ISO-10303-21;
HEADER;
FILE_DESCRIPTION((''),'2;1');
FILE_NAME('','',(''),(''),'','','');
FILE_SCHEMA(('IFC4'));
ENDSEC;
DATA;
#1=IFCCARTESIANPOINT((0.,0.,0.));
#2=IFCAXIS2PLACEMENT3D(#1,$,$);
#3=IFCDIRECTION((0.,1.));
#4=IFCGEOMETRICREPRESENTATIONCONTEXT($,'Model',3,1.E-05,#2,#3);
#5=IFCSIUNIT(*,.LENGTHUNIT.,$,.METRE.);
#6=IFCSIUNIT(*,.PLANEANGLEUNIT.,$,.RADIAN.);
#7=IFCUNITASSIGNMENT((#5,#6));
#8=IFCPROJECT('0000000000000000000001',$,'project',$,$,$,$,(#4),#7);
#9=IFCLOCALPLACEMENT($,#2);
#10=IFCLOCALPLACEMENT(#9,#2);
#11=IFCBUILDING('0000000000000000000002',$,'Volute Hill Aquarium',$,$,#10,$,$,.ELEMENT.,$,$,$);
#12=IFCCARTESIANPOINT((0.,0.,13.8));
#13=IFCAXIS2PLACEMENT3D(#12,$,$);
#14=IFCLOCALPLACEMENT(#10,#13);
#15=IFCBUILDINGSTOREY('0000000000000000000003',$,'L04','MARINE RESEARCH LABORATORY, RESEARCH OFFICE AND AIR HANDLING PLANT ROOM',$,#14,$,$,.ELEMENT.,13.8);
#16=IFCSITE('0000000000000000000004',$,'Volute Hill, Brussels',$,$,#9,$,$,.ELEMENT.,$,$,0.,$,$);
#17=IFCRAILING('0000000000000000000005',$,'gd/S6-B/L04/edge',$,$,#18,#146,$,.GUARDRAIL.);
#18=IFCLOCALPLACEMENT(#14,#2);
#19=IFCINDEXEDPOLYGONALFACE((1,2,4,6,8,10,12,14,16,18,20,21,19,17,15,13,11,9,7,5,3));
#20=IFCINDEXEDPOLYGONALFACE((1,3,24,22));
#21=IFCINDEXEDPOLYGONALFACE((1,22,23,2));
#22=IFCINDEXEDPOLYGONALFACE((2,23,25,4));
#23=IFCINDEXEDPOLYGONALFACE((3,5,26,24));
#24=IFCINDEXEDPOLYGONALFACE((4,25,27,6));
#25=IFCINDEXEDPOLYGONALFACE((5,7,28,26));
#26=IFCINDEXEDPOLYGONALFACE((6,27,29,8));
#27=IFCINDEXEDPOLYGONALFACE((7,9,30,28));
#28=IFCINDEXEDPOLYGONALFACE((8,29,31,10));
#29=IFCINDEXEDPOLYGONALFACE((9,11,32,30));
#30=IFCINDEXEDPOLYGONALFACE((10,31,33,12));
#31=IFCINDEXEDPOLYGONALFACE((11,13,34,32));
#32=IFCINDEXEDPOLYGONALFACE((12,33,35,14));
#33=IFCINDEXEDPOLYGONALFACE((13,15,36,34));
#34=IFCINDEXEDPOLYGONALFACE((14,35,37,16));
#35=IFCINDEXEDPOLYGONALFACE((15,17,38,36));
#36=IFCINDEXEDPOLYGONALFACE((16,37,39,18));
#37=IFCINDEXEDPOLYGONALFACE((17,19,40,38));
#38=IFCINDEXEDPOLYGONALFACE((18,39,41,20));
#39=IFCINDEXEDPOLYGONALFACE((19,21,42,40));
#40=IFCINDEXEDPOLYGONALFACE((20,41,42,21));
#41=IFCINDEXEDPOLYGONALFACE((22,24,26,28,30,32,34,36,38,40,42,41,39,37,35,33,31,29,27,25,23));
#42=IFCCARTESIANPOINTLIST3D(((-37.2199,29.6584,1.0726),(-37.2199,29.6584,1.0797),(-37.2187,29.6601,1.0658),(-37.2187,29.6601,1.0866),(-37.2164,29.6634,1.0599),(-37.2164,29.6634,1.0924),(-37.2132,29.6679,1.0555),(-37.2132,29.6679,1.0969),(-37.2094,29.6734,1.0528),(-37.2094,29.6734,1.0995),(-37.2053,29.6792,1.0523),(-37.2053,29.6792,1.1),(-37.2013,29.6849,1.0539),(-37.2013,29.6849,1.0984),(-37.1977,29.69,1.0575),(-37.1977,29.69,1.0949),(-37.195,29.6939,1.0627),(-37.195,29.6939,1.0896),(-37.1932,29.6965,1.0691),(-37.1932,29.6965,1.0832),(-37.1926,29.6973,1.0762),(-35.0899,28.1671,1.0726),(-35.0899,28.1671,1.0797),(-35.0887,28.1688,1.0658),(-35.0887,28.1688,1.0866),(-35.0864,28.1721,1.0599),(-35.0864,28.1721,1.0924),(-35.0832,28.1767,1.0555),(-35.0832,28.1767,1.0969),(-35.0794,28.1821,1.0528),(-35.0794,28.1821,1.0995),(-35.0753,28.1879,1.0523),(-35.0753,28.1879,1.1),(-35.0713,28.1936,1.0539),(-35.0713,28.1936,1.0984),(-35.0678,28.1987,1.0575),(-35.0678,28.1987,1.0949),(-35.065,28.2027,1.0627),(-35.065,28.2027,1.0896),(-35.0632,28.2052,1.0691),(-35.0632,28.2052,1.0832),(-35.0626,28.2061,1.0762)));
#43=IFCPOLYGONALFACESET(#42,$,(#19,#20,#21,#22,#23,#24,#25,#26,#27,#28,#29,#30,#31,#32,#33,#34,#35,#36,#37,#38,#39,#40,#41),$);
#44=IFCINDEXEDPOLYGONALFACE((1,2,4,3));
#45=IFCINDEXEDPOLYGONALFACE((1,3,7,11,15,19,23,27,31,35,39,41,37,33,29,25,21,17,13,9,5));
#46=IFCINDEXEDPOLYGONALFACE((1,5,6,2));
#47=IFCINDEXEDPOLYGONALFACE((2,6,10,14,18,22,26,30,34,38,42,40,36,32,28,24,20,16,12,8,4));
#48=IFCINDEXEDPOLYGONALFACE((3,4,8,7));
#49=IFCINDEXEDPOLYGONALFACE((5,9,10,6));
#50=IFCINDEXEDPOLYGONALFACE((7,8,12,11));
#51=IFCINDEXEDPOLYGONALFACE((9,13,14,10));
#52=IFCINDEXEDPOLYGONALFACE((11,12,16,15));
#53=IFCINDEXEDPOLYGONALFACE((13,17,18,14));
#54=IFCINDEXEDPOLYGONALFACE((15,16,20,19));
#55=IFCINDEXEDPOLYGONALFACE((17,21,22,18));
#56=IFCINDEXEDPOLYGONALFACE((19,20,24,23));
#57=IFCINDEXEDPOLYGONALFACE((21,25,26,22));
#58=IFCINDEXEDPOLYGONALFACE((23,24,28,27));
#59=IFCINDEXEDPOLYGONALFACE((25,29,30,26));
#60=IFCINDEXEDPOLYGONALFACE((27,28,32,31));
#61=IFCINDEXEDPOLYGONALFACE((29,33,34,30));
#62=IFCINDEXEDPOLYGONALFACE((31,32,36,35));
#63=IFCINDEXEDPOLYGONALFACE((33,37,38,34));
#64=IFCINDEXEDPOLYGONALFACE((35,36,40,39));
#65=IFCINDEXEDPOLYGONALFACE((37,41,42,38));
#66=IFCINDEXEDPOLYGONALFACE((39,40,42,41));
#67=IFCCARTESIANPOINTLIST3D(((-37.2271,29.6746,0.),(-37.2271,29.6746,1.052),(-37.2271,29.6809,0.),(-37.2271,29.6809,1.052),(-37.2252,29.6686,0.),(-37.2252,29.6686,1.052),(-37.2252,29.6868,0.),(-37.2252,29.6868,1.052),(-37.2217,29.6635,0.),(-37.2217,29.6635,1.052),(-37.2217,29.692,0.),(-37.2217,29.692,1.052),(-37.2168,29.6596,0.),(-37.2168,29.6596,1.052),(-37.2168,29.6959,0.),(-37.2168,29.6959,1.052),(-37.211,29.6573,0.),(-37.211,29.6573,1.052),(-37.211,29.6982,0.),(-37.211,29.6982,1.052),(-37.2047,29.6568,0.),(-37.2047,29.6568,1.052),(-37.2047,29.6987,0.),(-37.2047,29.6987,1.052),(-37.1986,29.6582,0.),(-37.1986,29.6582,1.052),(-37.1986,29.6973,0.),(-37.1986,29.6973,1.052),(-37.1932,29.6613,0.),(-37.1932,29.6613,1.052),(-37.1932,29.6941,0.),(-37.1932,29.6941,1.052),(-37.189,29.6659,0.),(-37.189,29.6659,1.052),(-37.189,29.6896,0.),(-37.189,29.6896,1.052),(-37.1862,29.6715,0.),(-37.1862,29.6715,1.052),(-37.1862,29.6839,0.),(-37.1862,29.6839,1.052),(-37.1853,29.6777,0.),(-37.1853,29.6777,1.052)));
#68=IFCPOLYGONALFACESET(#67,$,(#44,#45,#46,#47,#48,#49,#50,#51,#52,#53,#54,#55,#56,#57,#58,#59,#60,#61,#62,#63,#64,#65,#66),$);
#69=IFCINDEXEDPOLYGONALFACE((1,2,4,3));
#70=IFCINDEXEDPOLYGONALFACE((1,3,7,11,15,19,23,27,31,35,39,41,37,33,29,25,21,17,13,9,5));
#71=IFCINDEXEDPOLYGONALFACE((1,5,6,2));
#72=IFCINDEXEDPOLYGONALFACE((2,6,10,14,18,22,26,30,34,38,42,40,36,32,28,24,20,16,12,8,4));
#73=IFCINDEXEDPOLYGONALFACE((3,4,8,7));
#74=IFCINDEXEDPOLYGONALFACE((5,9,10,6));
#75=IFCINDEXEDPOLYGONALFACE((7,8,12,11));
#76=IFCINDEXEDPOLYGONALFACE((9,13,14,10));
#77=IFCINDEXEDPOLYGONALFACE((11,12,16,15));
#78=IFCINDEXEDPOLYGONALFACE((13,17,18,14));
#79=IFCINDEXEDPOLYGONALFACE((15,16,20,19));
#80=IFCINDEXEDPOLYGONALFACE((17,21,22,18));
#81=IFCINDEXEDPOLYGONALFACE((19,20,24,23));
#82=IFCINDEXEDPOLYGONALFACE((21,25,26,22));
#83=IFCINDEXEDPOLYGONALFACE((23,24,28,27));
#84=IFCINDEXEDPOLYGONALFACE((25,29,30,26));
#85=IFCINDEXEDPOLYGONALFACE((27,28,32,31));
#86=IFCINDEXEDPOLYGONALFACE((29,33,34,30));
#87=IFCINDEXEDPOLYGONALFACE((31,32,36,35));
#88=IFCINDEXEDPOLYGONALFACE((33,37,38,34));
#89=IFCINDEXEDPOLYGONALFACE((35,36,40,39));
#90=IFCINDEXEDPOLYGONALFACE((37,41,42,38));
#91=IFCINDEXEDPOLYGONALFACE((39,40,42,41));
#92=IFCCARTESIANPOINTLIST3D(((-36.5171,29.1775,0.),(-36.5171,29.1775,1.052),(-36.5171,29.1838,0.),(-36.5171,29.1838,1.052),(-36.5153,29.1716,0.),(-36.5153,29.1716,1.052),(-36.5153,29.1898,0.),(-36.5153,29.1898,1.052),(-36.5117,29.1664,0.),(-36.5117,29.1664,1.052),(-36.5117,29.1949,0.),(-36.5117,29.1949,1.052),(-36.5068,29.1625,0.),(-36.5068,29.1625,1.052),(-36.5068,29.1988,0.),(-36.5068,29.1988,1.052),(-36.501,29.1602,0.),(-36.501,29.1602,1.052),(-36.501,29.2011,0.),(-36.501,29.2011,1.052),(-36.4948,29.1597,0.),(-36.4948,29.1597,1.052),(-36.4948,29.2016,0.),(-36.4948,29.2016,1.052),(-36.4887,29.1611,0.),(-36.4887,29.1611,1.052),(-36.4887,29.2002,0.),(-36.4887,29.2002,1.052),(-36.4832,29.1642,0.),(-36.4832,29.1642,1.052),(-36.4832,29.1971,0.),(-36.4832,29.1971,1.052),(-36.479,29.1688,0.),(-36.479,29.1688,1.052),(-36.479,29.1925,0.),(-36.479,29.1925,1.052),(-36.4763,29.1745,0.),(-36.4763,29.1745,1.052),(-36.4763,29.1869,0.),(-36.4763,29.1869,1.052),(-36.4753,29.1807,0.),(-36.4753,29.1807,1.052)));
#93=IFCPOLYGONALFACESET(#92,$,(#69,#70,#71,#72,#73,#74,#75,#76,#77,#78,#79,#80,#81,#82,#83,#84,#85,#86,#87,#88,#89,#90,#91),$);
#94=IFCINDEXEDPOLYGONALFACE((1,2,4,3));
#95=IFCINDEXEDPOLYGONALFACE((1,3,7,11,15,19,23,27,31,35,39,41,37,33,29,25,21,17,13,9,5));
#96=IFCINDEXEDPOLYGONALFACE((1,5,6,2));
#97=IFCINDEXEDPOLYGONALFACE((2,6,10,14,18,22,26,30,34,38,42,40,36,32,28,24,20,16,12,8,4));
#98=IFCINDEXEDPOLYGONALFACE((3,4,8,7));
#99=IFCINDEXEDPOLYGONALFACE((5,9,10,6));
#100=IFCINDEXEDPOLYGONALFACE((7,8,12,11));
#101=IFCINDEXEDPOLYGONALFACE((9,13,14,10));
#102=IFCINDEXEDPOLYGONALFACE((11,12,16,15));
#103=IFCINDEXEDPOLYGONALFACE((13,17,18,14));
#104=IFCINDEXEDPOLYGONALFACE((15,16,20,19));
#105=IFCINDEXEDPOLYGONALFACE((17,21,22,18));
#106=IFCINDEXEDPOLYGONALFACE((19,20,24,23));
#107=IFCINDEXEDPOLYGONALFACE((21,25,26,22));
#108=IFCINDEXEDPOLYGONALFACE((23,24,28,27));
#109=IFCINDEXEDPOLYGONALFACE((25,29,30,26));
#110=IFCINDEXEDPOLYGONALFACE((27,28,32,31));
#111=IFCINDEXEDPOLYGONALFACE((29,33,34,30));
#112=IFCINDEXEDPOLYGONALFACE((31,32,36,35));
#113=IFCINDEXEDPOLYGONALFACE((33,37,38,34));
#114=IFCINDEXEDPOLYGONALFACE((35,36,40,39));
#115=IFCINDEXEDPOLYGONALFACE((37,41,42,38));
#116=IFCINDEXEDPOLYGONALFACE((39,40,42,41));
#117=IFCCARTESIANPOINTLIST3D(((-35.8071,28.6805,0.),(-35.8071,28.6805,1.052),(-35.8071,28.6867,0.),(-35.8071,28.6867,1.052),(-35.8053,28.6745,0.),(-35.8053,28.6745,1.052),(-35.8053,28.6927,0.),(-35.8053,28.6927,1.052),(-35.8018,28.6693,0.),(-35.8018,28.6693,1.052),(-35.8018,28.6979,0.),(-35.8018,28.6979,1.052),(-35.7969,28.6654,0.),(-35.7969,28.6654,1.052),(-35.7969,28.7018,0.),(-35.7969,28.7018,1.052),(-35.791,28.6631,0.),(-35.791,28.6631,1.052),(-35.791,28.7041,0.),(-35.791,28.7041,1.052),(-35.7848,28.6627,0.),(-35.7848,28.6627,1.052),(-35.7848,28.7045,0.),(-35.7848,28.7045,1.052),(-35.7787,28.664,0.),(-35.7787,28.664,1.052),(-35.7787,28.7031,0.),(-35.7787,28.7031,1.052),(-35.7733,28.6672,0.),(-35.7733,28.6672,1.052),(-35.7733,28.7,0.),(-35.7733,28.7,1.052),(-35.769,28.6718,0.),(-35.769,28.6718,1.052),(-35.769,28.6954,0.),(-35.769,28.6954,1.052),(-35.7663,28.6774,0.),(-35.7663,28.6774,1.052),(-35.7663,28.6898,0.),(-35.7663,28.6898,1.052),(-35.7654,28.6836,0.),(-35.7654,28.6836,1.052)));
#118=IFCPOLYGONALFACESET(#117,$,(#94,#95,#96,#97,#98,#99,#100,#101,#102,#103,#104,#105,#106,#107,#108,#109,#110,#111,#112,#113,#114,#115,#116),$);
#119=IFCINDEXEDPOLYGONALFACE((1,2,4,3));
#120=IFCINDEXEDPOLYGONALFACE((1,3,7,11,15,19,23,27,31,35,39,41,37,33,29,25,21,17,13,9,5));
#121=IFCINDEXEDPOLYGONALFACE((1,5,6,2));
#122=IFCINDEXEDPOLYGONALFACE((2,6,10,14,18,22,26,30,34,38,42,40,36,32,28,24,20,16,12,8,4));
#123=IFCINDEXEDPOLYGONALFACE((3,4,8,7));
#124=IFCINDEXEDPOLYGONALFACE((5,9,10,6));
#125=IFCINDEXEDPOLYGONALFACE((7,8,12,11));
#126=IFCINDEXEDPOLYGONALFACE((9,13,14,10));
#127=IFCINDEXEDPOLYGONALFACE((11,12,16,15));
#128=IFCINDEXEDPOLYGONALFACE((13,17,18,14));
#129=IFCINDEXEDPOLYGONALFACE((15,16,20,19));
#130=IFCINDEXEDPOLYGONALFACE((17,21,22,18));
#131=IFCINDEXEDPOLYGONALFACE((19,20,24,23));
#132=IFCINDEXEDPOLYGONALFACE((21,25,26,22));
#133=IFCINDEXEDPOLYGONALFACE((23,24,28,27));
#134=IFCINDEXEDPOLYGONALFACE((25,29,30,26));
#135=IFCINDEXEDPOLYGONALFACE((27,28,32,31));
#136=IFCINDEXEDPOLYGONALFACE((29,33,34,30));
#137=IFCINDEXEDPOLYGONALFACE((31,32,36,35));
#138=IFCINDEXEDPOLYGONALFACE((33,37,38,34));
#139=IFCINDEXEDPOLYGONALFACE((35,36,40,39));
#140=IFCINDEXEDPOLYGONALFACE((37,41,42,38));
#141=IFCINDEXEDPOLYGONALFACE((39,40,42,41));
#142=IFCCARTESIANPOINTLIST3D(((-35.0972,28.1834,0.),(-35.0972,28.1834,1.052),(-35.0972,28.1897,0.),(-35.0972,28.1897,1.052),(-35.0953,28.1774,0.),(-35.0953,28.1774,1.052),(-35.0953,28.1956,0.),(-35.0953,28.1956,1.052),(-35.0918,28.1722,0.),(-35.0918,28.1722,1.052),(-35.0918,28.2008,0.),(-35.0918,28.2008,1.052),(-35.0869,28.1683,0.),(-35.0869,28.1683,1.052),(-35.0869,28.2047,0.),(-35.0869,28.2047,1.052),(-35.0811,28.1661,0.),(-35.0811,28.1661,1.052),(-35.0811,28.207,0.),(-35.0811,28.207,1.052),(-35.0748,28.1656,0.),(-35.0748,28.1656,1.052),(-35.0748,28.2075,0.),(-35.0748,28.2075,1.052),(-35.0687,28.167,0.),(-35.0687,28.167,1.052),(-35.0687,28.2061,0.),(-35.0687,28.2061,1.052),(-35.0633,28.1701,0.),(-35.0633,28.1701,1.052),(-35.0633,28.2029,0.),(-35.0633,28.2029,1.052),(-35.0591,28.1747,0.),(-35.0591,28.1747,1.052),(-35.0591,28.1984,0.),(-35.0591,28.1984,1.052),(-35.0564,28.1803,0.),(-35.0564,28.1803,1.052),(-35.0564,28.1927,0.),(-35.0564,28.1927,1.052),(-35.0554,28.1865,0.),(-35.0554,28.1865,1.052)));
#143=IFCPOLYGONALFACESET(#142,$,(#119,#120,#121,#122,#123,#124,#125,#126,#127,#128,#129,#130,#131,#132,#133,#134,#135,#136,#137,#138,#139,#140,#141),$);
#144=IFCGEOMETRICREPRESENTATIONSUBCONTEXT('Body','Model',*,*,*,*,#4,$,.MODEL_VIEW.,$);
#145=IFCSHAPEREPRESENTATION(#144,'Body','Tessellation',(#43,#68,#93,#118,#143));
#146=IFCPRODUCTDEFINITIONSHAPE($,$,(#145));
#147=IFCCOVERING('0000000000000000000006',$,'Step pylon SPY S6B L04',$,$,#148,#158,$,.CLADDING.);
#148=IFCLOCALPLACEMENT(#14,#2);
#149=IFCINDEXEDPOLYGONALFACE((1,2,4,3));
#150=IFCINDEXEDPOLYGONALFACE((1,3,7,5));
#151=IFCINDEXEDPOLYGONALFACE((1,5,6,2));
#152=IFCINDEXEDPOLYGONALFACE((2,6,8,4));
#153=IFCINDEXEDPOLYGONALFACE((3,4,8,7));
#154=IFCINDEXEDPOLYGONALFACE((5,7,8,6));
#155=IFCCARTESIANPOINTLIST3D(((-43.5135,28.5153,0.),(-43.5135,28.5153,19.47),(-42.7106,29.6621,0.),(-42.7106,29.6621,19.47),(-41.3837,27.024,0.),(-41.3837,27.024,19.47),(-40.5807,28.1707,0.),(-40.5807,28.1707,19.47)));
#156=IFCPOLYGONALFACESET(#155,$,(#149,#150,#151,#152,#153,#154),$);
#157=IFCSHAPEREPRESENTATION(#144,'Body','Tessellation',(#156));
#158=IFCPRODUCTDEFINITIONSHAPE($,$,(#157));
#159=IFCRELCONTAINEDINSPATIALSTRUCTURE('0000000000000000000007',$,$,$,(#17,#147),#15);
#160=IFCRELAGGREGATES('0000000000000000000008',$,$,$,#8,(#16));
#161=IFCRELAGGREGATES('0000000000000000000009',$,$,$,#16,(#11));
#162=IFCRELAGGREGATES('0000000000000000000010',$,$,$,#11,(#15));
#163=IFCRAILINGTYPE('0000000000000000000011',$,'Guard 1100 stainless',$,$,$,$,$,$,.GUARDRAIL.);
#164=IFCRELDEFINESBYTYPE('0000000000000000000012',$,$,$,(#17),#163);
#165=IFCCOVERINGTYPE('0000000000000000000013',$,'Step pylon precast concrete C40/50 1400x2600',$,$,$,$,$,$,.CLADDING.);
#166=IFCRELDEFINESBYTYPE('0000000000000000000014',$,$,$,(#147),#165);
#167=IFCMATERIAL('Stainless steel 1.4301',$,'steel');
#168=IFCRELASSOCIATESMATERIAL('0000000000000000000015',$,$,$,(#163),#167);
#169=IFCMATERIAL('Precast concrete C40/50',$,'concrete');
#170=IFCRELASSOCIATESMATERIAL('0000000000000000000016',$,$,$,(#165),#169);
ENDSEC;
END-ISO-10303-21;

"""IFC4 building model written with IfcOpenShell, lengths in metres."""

from ifc_helpers import new_model, si_unit, direction, frame, origin, origin_2d, place, context, subcontext, project, spatial, rectangle, circle, extrude, material, type_object, element, save


model = new_model("IFC4")

# Units and contexts
model_context = context("Model", 3, precision=1e-05, world=origin(), true_north=direction((0.0, 1.0)))
body_context = subcontext(model_context, "Body", "Model", "MODEL_VIEW")
ifc_project = project(units=[si_unit("LENGTHUNIT", "METRE"), si_unit("PLANEANGLEUNIT", "RADIAN")], contexts=[model_context])

# Site, building, storey
site_placement = place(None, origin())
site = spatial("IfcSite", under=ifc_project, at=site_placement, Name="Volute Hill, Brussels", CompositionType="ELEMENT", RefElevation=0.0)
building_placement = place(site_placement, origin())
building = spatial("IfcBuilding", under=site, at=building_placement, Name="Volute Hill Aquarium", CompositionType="ELEMENT")
storey_placement = place(building_placement, frame((0.0, 0.0, 13.8)))
storey = spatial("IfcBuildingStorey", under=building, at=storey_placement, Name="L04", Description="MARINE RESEARCH LABORATORY, RESEARCH OFFICE AND AIR HANDLING PLANT ROOM", CompositionType="ELEMENT", Elevation=13.8)

# Railing
ifc_material_1 = material(Name="Stainless steel 1.4301", Category="steel")
railing_type = type_object("IfcRailingType", Name="Guard 1100 stainless", PredefinedType="GUARDRAIL", material=ifc_material_1)
railing_1_placement = place(storey_placement, frame((-37.2063, 29.6777, 0.0)))
element("IfcRailing", 1, at=railing_1_placement, inside=storey, type_object=railing_type, Name="gd/S6-B/L04/edge", PredefinedType="GUARDRAIL", context=body_context, shape_type="SweptSolid", body=[
    extrude(circle(Radius=0.0239, at=origin_2d()), frame((0.0, 0.0, 1.0762), z_axis=(0.819179, -0.573538, 0.0), x_axis=(0.573538, 0.819179, 0.0)), (0.0, 0.0, 1.0), 2.6001),
    extrude(circle(Radius=0.021, at=origin_2d()), origin(), (0.0, 0.0, 1.0), 1.052),
    extrude(circle(Radius=0.021, at=origin_2d()), frame((0.71, -0.4971, 0.0)), (0.0, 0.0, 1.0), 1.052),
    extrude(circle(Radius=0.021, at=origin_2d()), frame((1.4199, -0.9941, 0.0)), (0.0, 0.0, 1.0), 1.052),
    extrude(circle(Radius=0.021, at=origin_2d()), frame((2.1299, -1.4912, 0.0)), (0.0, 0.0, 1.0), 1.052),
])

# Covering
ifc_material_2 = material(Name="Precast concrete C40/50", Category="concrete")
covering_type_1 = type_object("IfcCoveringType", Name="Step pylon precast concrete C40/50 1400x2600", PredefinedType="CLADDING", material=ifc_material_2)
covering_1_placement = place(storey_placement, frame((-42.0471, 28.343, 0.0), z_axis=(0.0, 0.0, 1.0), x_axis=(-0.819152, 0.573576, 0.0)))
element("IfcCovering", 2, at=covering_1_placement, inside=storey, type_object=covering_type_1, Name="Step pylon SPY S6B L04", PredefinedType="CLADDING", context=body_context, shape_type="SweptSolid", body=[
    extrude(rectangle(XDim=2.6001, YDim=1.3999, at=origin_2d()), origin(), (0.0, 0.0, 1.0), 19.47),
])

save(model, "model.ifc")
